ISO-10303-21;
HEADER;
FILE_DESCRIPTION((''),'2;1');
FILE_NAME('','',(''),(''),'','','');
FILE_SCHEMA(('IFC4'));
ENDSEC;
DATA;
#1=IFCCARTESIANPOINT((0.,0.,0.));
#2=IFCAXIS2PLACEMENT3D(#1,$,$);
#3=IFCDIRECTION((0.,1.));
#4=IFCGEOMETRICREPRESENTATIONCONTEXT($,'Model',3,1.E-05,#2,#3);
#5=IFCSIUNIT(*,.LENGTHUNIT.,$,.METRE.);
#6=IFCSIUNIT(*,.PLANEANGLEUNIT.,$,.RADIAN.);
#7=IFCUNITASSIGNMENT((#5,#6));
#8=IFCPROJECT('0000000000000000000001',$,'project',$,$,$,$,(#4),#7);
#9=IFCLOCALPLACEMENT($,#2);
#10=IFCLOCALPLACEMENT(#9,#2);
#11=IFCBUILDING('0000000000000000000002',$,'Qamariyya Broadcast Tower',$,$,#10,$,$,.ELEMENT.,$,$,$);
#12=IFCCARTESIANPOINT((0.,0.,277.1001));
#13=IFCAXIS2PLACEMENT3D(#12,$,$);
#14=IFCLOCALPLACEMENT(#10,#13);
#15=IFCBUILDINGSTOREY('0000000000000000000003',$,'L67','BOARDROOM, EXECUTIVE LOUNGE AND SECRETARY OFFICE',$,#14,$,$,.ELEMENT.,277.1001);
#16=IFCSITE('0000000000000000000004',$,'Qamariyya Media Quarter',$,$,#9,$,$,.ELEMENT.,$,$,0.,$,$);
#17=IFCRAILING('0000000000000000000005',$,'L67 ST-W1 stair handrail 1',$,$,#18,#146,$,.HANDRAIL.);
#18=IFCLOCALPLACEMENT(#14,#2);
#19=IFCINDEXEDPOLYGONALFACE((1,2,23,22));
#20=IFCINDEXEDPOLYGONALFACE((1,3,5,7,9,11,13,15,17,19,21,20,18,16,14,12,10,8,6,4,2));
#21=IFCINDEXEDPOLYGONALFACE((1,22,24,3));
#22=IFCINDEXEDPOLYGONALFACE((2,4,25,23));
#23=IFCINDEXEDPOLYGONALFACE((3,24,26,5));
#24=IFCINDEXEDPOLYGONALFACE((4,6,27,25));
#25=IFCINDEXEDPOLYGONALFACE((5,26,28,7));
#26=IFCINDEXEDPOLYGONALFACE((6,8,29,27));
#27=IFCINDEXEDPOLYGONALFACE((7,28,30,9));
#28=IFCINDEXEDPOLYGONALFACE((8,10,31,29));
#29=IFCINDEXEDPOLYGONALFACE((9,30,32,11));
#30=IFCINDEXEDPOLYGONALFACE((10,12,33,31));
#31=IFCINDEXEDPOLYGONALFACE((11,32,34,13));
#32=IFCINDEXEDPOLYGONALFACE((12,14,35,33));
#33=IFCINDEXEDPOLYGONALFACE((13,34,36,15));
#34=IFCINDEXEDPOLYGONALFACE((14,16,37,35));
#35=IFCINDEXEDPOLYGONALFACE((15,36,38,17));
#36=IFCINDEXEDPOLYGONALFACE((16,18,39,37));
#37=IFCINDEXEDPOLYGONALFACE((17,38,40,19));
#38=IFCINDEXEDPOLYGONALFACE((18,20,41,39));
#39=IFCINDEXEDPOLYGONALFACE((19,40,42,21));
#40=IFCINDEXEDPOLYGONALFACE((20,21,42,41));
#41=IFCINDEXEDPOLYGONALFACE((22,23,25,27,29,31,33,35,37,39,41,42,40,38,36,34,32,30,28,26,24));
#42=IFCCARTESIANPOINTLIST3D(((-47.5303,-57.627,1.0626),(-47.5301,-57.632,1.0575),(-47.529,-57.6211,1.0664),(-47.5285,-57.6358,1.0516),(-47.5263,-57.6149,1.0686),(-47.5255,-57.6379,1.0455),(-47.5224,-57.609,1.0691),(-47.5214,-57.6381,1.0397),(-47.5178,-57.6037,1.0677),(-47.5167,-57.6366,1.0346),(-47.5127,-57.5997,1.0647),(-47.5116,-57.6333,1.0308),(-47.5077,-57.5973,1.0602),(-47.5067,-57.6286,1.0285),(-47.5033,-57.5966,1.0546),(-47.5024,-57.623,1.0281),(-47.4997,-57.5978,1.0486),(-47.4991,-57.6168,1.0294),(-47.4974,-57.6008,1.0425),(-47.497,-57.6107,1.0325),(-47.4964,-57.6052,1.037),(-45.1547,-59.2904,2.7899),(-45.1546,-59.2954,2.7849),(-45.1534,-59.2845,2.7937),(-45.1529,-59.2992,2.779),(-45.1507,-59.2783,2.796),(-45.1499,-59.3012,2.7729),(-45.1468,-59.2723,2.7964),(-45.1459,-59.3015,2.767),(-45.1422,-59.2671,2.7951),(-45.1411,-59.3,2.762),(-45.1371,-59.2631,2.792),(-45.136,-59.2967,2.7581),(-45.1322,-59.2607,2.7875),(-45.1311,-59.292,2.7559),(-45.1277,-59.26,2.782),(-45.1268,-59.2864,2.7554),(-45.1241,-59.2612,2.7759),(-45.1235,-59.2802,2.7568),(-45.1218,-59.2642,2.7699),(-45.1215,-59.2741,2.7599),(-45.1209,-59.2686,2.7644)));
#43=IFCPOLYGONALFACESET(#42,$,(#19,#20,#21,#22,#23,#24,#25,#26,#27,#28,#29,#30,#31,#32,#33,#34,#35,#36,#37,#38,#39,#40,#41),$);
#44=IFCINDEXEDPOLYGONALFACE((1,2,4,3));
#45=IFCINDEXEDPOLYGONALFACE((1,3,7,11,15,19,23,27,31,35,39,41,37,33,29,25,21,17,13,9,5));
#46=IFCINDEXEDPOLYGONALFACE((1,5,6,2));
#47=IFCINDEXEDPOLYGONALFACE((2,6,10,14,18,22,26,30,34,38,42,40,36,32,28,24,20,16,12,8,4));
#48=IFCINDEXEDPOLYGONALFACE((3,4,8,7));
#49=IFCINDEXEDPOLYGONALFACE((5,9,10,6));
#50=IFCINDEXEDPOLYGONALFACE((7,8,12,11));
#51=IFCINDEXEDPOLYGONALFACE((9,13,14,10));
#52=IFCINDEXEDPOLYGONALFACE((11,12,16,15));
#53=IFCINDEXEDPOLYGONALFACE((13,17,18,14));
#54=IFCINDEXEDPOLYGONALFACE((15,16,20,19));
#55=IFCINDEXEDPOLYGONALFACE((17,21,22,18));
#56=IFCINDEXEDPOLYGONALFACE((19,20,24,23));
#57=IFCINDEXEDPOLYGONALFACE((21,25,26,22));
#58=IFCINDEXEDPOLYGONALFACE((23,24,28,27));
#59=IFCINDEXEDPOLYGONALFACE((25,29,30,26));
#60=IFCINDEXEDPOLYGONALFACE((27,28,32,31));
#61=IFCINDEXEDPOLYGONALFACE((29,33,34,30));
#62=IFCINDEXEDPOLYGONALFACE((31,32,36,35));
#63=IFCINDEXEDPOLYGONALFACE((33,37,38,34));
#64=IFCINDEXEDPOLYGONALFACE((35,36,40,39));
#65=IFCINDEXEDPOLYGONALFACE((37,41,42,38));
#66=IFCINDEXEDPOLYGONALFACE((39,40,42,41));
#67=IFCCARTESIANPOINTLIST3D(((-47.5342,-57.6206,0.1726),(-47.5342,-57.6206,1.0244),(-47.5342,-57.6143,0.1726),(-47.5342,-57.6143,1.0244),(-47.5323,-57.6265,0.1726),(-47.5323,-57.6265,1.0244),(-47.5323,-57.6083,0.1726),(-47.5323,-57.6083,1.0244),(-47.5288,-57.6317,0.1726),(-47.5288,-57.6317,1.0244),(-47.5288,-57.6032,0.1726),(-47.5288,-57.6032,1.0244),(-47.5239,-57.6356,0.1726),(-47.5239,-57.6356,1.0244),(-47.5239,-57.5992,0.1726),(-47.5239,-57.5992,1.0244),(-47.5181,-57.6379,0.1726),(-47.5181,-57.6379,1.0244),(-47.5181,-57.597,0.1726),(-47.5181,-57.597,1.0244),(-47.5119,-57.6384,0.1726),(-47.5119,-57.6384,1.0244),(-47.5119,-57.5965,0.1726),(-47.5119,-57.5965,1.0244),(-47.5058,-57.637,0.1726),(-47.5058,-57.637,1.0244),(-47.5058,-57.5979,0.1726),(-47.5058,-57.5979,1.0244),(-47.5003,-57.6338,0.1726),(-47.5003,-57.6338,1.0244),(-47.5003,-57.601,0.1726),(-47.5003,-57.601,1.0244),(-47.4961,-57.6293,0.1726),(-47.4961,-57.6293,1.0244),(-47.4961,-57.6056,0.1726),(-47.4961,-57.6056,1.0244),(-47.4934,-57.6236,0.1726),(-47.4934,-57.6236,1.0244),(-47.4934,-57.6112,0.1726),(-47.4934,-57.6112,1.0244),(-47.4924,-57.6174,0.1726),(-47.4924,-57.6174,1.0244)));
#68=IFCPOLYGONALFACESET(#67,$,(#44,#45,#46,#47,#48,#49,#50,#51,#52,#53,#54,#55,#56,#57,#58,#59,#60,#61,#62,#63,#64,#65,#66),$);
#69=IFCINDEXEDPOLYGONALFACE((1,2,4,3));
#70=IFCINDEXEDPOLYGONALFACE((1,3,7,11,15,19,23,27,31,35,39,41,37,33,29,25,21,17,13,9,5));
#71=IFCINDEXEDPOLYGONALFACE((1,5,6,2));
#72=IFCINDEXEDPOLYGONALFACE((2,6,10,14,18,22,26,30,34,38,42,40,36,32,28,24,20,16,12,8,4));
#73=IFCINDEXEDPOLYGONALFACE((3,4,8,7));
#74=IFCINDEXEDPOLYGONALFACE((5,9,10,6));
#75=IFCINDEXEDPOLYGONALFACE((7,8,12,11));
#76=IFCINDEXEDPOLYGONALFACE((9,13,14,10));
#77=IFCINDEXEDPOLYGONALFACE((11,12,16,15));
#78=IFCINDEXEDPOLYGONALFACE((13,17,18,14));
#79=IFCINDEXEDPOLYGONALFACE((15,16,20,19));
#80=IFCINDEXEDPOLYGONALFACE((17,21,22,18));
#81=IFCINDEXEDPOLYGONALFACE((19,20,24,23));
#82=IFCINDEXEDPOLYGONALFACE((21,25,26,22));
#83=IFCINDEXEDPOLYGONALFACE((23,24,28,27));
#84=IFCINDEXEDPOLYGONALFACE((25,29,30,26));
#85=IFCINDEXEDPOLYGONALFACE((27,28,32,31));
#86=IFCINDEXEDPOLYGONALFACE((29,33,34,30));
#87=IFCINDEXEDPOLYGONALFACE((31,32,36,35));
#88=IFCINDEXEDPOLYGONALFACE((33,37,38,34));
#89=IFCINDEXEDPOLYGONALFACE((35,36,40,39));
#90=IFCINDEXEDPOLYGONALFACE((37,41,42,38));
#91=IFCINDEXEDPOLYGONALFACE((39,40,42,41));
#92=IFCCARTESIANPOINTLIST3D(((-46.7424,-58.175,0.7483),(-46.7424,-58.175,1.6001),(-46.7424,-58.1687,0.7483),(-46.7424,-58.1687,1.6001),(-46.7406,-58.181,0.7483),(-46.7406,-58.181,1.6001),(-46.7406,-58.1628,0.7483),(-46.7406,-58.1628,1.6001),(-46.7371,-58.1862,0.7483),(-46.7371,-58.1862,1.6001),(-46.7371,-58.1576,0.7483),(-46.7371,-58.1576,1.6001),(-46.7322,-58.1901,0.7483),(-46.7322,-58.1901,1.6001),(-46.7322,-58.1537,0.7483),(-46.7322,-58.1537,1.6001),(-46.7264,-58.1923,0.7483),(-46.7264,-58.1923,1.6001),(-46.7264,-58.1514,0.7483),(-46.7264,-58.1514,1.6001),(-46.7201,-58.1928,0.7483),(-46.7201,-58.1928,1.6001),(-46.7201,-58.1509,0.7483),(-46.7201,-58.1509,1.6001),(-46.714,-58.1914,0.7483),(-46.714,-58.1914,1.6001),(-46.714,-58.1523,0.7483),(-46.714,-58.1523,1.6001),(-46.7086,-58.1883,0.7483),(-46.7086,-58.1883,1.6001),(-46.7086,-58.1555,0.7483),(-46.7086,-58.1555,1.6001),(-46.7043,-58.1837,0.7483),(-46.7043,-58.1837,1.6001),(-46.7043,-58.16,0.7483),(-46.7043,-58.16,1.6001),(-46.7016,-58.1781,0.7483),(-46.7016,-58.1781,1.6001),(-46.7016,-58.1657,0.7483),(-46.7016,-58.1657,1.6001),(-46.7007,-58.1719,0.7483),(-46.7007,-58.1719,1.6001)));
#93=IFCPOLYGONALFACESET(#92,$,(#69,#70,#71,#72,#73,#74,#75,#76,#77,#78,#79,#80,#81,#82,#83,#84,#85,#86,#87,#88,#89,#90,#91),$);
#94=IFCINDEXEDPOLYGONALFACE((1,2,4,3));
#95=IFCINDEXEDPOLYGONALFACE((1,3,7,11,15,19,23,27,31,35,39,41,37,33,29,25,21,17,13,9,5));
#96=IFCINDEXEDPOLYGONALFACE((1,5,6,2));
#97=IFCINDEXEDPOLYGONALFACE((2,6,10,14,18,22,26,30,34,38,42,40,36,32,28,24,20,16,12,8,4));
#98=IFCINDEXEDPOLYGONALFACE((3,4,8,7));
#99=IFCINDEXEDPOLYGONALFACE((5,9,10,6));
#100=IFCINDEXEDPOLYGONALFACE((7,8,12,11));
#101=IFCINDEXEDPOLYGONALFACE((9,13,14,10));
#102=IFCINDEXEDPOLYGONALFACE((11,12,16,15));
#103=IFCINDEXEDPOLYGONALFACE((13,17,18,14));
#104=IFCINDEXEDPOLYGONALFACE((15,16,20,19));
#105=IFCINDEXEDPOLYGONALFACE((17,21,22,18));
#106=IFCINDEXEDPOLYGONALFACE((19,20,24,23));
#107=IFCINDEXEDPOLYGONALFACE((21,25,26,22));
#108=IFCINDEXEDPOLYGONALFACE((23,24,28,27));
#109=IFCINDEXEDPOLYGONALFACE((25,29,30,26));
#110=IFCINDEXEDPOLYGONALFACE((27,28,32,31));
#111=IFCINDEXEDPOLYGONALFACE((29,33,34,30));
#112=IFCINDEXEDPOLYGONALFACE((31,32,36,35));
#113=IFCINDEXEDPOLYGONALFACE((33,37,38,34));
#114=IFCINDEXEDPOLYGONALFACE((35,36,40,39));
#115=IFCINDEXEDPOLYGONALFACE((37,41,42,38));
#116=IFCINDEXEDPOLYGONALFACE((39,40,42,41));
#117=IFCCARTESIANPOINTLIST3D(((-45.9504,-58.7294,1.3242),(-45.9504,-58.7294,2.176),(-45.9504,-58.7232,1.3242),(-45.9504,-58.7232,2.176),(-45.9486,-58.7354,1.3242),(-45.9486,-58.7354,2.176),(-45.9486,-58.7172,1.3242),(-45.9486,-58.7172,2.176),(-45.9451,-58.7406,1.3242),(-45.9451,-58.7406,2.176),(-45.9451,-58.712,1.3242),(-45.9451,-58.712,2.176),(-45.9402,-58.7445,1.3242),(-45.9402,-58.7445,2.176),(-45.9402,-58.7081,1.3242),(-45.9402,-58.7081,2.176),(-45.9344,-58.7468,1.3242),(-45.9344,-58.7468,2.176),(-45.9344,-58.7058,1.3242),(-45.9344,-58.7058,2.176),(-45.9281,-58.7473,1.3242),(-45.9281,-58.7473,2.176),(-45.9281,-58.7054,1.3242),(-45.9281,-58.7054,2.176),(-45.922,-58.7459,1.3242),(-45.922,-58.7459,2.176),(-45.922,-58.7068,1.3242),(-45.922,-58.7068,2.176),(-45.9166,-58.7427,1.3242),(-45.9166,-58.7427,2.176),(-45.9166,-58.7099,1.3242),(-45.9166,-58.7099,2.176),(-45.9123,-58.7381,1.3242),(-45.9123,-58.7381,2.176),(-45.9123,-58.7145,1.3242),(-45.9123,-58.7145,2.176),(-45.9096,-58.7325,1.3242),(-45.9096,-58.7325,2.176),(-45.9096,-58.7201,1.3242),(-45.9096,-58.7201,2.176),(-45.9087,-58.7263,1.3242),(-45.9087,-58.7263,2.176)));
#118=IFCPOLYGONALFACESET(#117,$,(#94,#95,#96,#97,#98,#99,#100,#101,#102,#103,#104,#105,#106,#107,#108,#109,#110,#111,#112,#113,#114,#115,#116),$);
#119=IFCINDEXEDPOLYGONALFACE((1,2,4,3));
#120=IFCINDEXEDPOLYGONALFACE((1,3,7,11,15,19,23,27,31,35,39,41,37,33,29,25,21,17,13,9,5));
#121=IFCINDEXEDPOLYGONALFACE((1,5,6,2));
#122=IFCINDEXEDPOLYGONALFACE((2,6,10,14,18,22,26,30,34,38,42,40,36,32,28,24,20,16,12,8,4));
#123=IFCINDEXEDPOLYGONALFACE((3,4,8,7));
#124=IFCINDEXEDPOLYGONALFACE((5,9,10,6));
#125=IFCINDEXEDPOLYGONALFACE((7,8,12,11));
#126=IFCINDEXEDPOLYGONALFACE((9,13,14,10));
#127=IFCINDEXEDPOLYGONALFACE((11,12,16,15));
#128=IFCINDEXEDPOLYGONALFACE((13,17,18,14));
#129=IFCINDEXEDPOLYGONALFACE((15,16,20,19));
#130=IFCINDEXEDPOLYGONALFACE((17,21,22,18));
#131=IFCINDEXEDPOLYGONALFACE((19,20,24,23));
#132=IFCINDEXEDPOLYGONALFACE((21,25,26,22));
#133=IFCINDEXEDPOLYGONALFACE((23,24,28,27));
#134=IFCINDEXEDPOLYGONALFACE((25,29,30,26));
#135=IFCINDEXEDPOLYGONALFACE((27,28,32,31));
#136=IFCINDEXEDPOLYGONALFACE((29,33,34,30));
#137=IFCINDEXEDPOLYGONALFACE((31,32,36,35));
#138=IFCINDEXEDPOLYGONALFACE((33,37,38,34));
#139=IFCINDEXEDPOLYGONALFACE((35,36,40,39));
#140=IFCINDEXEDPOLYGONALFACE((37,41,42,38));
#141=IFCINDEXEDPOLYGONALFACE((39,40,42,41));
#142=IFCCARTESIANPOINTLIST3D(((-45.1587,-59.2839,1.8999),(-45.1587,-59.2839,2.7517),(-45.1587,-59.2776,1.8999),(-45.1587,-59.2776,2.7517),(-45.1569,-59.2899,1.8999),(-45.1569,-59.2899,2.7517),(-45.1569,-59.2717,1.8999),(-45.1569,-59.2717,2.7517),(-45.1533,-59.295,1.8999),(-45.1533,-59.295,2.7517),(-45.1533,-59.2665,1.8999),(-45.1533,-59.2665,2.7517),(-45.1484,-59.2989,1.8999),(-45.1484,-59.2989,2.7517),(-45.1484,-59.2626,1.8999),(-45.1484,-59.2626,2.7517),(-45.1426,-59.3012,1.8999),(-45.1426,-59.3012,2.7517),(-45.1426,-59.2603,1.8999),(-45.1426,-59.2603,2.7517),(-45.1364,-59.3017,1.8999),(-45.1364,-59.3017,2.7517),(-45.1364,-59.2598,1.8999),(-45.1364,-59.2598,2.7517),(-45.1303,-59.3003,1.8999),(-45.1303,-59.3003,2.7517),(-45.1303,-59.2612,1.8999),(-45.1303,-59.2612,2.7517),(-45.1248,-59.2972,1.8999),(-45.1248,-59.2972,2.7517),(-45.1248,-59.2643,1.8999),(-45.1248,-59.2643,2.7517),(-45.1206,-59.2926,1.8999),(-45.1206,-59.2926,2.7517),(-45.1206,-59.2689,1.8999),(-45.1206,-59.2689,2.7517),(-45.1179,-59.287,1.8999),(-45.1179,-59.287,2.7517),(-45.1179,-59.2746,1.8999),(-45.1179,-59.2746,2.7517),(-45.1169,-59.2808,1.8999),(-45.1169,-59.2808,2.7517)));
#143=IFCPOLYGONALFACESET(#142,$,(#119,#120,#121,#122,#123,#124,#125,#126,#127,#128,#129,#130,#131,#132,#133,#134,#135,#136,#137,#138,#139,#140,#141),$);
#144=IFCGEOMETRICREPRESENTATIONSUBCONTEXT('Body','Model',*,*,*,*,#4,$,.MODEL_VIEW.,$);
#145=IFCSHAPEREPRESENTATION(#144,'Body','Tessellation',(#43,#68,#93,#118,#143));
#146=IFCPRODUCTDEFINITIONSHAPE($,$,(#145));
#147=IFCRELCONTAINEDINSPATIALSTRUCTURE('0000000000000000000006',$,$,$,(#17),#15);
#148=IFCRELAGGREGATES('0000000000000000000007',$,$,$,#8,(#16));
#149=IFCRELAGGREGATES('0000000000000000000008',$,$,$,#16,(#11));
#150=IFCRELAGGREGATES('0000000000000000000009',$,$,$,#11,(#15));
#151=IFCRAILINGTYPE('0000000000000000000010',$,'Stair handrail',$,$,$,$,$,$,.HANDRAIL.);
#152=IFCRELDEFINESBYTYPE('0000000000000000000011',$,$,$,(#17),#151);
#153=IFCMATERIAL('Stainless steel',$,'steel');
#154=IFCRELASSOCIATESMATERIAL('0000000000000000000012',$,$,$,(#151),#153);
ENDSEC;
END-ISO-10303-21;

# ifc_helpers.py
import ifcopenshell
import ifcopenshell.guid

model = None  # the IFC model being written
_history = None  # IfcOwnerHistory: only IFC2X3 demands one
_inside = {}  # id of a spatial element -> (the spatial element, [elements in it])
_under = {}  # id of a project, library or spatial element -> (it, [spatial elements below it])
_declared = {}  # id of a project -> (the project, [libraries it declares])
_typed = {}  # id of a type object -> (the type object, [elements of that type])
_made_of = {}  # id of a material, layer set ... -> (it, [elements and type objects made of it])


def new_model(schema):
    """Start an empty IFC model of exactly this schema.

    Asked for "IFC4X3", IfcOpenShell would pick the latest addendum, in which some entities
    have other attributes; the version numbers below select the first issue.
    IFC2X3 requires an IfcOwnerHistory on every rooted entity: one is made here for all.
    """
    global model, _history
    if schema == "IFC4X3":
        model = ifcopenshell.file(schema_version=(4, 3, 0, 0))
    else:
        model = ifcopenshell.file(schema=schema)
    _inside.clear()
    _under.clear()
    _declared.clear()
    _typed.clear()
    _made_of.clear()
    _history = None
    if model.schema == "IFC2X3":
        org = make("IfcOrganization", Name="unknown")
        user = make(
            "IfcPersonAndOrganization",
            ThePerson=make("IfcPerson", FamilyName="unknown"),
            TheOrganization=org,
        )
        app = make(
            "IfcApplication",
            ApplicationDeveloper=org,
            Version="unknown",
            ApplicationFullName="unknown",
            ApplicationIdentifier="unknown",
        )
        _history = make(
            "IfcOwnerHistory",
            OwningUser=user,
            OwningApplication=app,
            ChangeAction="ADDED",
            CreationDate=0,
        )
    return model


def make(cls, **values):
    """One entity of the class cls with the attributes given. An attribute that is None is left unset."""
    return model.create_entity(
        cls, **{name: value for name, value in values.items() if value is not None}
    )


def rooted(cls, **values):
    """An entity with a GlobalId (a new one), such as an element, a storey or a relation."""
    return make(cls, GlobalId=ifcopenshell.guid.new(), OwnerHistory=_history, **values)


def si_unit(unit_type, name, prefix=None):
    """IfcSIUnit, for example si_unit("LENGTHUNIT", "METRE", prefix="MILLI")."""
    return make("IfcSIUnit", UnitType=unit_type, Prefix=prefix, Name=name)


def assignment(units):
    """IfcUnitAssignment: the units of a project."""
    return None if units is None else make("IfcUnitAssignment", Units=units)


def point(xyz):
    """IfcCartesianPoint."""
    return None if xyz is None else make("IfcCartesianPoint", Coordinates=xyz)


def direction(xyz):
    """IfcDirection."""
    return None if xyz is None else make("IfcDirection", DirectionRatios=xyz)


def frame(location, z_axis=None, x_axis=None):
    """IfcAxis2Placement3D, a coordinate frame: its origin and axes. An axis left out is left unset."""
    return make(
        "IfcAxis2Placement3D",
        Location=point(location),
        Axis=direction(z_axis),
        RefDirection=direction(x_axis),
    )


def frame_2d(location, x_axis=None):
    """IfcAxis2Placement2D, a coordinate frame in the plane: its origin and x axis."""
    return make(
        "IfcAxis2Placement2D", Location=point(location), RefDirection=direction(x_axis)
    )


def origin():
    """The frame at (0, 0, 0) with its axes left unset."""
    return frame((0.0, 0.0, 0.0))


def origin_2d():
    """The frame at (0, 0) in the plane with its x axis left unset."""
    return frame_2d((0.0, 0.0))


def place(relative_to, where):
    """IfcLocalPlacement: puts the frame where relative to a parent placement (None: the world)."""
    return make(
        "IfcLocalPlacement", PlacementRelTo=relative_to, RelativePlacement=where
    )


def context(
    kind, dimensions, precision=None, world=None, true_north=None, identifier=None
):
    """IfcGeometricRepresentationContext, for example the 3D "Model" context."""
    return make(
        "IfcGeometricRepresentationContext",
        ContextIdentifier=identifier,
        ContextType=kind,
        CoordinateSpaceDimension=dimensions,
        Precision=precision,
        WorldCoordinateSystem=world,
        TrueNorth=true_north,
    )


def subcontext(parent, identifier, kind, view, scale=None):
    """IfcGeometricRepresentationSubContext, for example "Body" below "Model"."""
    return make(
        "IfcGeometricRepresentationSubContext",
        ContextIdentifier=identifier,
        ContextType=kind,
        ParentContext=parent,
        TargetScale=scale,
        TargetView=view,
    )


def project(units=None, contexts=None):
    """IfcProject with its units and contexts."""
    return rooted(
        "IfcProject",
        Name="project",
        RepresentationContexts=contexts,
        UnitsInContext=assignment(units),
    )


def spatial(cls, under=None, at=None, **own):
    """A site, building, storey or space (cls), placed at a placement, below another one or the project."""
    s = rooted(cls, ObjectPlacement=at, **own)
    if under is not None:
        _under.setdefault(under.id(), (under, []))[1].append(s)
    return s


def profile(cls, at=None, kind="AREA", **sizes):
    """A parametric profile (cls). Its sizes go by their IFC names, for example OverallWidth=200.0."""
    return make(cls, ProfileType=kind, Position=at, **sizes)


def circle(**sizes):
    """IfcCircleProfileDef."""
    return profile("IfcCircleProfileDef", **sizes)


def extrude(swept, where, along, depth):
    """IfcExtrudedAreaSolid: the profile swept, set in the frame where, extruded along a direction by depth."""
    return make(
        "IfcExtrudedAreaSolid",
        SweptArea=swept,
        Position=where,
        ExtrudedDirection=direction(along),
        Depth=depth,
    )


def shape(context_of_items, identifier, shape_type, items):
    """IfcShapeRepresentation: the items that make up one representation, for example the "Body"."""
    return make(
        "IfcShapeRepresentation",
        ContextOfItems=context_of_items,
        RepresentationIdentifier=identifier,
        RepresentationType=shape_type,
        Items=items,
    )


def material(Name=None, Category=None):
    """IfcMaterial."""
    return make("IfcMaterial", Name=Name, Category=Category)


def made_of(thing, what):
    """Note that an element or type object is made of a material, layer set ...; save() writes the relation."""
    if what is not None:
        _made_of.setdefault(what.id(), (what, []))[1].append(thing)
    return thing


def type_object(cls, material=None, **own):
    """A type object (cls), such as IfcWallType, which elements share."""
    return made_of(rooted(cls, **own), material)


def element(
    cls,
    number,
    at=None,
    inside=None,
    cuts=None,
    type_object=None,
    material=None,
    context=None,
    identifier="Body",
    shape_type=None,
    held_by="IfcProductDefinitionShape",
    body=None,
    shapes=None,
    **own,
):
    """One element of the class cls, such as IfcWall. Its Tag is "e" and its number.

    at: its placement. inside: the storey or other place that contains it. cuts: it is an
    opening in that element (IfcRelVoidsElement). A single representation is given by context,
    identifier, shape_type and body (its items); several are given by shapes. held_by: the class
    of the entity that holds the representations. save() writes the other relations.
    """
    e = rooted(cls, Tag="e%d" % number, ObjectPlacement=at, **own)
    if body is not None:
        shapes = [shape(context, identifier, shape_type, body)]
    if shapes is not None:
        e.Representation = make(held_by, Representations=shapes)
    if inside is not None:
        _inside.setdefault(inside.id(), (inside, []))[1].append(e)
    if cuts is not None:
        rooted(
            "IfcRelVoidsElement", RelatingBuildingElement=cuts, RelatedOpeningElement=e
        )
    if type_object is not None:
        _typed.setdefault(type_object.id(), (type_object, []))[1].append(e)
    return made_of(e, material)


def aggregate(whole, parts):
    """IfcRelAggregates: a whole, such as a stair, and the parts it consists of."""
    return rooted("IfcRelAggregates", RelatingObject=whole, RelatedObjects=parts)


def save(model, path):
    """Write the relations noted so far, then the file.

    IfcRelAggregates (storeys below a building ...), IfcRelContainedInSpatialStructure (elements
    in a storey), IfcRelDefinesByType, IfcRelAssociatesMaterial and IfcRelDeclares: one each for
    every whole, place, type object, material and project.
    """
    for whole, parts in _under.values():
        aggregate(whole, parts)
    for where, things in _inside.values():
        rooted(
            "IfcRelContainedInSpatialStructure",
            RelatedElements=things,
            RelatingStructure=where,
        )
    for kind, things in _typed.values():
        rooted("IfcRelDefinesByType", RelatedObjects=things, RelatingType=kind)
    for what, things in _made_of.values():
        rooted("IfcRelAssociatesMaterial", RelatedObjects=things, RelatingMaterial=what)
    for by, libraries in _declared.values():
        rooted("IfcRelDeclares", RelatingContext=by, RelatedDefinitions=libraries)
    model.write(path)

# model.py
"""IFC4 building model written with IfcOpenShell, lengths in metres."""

from ifc_helpers import new_model, si_unit, direction, frame, origin, origin_2d, place, context, subcontext, project, spatial, circle, extrude, material, type_object, element, save


model = new_model("IFC4")

# Units and contexts
model_context = context("Model", 3, precision=1e-05, world=origin(), true_north=direction((0.0, 1.0)))
body_context = subcontext(model_context, "Body", "Model", "MODEL_VIEW")
ifc_project = project(units=[si_unit("LENGTHUNIT", "METRE"), si_unit("PLANEANGLEUNIT", "RADIAN")], contexts=[model_context])

# Site, building, storey
site_placement = place(None, origin())
site = spatial("IfcSite", under=ifc_project, at=site_placement, Name="Qamariyya Media Quarter", CompositionType="ELEMENT", RefElevation=0.0)
building_placement = place(site_placement, origin())
building = spatial("IfcBuilding", under=site, at=building_placement, Name="Qamariyya Broadcast Tower", CompositionType="ELEMENT")
storey_placement = place(building_placement, frame((0.0, 0.0, 277.1001)))
storey = spatial("IfcBuildingStorey", under=building, at=storey_placement, Name="L67", Description="BOARDROOM, EXECUTIVE LOUNGE AND SECRETARY OFFICE", CompositionType="ELEMENT", Elevation=277.1001)

# Railing
ifc_material_1 = material(Name="Stainless steel", Category="steel")
railing_type_1 = type_object("IfcRailingType", Name="Stair handrail", PredefinedType="HANDRAIL", material=ifc_material_1)
railing_1_placement = place(storey_placement, frame((-47.5134, -57.6174, 0.1726)))
element("IfcRailing", 1, at=railing_1_placement, inside=storey, type_object=railing_type_1, Name="L67 ST-W1 stair handrail 1", PredefinedType="HANDRAIL", context=body_context, shape_type="SweptSolid", body=[
    extrude(circle(Radius=0.0239, at=origin_2d()), frame((0.0, 0.0, 0.876), z_axis=(0.70377, -0.492784, 0.511734), x_axis=(0.573575, 0.819153, 0.0)), (0.0, 0.0, 1.0), 3.3755),
    extrude(circle(Radius=0.021, at=origin_2d()), origin(), (0.0, 0.0, 1.0), 0.8518),
    extrude(circle(Radius=0.021, at=origin_2d()), frame((0.7917, -0.5544, 0.5757)), (0.0, 0.0, 1.0), 0.8518),
    extrude(circle(Radius=0.021, at=origin_2d()), frame((1.5837, -1.1089, 1.1516)), (0.0, 0.0, 1.0), 0.8518),
    extrude(circle(Radius=0.021, at=origin_2d()), frame((2.3755, -1.6633, 1.7273)), (0.0, 0.0, 1.0), 0.8518),
])

save(model, "model.ifc")
